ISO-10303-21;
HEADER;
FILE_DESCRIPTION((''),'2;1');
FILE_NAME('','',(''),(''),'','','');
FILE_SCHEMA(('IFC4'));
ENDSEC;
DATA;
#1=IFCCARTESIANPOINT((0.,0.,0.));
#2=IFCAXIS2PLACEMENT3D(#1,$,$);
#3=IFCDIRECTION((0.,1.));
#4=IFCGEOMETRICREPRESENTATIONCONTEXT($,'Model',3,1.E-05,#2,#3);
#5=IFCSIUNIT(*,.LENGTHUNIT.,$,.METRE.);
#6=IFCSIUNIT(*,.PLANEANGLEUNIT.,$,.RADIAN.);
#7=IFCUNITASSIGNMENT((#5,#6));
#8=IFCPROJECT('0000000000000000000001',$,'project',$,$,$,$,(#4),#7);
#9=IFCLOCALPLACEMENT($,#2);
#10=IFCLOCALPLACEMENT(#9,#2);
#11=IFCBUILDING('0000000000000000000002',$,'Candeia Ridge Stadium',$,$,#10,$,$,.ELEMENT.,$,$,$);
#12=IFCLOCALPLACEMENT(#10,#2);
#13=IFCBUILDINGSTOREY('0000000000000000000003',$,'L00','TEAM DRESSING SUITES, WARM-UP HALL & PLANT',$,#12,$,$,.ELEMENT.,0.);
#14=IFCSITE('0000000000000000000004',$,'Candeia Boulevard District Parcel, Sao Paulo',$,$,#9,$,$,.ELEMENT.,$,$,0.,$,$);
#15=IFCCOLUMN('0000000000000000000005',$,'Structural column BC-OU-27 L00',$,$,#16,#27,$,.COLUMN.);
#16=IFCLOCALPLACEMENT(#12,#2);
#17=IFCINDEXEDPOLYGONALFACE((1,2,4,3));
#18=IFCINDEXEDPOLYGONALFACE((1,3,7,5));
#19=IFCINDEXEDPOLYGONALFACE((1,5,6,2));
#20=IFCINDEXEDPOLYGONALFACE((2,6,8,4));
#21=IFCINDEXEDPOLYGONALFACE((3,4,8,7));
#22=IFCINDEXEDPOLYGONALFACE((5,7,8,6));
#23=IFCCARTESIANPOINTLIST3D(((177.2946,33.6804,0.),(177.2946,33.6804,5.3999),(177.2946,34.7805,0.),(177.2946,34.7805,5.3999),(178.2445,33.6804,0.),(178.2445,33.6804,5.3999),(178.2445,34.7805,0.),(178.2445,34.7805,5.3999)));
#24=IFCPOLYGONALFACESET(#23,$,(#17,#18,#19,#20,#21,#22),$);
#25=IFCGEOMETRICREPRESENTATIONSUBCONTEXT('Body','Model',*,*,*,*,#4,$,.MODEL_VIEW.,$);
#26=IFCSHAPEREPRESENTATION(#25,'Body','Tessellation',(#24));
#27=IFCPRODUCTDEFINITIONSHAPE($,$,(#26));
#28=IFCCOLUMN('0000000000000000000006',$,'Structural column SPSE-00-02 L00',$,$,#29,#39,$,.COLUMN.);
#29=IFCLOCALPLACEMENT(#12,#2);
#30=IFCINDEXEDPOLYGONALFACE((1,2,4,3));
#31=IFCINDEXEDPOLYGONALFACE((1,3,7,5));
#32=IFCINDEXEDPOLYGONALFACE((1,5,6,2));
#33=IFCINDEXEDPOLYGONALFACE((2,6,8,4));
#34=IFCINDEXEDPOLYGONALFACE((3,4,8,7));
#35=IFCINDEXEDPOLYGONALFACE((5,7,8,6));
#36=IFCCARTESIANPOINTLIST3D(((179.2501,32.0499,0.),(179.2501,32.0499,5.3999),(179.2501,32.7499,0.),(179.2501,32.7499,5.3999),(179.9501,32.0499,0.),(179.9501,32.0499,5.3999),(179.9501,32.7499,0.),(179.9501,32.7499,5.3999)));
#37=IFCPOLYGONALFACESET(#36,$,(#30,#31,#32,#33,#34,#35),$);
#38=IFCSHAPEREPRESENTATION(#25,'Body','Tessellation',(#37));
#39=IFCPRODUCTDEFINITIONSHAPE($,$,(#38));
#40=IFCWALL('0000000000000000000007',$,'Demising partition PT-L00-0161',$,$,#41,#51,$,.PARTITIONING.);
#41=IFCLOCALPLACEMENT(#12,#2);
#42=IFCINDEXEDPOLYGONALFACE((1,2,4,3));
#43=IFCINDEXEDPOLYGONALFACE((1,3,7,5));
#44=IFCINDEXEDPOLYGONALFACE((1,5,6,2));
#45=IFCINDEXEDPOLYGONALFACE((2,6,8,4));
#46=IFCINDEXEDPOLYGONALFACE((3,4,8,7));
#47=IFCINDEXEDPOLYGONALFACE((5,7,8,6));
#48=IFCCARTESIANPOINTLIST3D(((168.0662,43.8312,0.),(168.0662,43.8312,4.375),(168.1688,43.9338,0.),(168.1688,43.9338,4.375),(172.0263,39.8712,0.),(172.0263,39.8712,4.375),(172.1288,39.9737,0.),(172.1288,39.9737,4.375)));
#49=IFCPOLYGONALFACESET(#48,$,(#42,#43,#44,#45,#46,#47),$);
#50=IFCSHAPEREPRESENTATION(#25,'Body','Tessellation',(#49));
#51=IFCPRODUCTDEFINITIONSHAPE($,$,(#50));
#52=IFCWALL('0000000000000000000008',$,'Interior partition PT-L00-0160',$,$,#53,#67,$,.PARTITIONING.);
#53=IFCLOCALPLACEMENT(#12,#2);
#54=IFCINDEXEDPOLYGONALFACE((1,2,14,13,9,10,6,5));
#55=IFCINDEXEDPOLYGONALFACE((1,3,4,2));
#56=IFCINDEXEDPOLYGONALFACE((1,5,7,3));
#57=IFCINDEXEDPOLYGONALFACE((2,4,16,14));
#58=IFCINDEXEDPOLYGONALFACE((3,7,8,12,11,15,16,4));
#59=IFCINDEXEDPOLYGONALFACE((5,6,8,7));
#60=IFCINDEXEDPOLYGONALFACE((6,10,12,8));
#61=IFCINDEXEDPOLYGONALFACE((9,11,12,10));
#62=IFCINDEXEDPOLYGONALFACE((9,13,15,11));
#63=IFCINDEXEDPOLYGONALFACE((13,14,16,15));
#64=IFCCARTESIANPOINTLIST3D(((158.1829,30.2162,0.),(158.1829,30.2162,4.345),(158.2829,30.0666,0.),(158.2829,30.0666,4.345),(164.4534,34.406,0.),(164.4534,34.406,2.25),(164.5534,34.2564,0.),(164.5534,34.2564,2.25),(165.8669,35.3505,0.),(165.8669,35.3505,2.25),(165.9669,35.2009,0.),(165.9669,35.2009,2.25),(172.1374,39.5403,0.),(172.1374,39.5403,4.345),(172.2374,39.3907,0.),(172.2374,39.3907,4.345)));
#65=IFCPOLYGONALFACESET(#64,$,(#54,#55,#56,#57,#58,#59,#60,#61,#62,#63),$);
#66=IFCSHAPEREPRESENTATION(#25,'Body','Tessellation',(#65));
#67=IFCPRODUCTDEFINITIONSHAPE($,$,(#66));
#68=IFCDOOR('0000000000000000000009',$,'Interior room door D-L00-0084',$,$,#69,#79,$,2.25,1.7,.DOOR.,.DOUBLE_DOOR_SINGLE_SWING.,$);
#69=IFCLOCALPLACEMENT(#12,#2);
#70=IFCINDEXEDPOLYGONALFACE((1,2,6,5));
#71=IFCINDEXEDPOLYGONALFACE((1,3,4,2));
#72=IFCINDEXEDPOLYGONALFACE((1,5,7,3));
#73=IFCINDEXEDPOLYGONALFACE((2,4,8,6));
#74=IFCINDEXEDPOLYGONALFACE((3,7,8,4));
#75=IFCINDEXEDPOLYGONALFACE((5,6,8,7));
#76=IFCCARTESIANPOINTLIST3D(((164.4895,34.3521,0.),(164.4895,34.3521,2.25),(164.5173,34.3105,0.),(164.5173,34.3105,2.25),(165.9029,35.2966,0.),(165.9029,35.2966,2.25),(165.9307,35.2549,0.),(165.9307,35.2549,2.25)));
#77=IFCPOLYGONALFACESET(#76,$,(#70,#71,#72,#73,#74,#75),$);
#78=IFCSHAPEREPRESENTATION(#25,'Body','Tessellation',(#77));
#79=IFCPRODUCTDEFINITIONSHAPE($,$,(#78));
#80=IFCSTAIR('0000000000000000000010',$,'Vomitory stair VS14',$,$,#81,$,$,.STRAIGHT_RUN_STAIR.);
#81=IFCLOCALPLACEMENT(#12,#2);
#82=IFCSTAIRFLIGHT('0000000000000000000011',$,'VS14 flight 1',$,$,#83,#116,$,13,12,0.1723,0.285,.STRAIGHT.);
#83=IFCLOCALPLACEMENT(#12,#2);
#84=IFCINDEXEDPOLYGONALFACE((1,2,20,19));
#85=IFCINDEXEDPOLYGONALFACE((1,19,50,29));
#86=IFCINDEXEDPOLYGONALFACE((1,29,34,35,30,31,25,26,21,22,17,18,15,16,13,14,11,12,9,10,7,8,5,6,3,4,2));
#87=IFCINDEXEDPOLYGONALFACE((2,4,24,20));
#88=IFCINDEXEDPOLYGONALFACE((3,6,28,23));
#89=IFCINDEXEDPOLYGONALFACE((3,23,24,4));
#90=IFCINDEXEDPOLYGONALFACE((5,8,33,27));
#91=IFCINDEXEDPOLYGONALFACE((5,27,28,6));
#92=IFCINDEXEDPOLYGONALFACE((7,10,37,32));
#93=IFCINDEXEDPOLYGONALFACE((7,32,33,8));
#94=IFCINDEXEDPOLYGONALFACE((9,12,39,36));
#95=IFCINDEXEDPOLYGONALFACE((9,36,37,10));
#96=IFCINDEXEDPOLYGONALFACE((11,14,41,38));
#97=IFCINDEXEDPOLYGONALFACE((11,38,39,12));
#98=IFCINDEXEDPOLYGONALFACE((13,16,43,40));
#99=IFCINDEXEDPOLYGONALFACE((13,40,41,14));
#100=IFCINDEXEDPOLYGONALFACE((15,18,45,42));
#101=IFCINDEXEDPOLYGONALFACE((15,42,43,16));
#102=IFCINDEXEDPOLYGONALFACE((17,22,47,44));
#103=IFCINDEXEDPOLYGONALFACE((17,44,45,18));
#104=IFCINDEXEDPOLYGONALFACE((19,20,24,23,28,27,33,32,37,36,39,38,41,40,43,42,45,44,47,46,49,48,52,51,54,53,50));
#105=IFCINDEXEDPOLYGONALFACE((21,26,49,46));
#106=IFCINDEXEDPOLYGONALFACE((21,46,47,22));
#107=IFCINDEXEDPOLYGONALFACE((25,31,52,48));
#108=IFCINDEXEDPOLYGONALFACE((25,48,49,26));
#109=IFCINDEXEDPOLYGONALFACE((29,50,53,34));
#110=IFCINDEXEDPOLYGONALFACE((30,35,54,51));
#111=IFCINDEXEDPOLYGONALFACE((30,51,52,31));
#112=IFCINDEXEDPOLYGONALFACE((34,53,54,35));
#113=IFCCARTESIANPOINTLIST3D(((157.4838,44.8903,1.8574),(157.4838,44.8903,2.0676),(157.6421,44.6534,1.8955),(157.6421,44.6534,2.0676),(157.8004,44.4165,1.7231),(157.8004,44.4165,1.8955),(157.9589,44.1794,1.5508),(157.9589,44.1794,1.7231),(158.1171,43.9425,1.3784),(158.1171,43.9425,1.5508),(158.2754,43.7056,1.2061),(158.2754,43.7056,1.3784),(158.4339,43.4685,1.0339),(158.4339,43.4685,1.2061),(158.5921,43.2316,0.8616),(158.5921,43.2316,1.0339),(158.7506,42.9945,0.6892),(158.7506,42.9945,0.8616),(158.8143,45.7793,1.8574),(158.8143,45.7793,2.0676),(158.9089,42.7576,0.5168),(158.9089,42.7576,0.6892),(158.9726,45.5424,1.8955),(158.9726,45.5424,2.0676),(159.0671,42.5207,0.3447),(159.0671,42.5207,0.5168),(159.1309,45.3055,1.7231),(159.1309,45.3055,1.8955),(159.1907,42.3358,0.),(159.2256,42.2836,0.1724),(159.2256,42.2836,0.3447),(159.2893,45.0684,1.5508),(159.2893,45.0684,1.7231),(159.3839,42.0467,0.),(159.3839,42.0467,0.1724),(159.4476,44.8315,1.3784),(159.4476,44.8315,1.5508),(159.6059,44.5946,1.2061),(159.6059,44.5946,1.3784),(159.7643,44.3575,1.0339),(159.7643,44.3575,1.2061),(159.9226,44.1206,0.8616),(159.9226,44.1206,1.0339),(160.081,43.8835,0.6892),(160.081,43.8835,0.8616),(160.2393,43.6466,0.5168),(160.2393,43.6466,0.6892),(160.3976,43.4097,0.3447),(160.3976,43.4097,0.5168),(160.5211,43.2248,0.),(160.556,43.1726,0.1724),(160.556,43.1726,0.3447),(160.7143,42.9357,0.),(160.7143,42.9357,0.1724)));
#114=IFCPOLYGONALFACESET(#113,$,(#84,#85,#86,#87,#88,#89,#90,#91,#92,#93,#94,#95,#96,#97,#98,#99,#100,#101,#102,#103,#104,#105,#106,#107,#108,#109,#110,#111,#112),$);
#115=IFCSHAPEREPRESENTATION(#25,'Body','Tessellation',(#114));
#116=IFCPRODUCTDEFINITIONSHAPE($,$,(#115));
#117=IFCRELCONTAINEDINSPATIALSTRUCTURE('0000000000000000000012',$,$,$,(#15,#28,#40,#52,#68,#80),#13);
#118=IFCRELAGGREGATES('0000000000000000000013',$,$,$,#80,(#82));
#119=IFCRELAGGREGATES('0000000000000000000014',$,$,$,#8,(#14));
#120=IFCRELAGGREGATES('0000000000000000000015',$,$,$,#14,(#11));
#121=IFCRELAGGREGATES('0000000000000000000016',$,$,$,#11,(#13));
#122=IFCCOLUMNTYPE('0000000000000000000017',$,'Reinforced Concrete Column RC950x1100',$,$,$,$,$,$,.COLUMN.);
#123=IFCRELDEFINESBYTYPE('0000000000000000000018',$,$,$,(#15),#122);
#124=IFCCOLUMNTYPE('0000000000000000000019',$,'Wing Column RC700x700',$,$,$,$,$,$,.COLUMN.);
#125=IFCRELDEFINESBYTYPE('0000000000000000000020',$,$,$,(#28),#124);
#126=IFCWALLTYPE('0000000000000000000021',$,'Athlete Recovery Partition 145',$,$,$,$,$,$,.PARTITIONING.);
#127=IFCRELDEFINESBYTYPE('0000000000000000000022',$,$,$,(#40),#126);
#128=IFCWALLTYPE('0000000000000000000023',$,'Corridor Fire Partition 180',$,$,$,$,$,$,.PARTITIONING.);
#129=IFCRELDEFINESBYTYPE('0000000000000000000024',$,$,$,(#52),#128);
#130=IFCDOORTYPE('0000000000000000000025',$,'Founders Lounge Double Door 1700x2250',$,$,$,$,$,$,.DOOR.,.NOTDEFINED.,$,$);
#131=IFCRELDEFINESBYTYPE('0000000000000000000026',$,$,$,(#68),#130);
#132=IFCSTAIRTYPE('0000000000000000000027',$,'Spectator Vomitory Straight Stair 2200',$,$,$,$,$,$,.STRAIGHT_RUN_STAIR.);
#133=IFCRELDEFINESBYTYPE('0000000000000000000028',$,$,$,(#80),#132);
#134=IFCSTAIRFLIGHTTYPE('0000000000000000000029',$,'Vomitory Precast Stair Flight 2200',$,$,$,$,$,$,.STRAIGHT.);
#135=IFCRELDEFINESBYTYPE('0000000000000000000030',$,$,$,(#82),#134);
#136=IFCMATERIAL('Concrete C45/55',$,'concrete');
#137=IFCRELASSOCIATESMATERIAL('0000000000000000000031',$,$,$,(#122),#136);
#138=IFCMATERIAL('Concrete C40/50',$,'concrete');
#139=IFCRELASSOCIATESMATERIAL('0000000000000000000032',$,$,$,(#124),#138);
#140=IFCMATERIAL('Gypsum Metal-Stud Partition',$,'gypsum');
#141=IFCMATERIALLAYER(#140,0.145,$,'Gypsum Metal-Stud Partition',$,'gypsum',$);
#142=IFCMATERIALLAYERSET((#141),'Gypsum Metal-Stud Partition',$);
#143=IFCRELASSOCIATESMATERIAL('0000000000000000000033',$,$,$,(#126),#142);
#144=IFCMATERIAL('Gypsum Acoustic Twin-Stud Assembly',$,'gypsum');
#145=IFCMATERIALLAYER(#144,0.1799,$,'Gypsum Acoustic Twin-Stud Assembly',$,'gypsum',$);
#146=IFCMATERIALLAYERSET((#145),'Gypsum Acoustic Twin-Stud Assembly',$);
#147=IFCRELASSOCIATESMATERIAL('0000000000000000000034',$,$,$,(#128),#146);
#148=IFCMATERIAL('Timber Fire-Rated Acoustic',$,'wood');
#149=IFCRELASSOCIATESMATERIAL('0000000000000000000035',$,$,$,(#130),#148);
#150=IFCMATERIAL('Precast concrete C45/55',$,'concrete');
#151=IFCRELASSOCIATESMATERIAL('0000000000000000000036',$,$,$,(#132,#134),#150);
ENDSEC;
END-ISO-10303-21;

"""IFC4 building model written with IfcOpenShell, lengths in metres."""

from ifc_helpers import new_model, si_unit, direction, frame, frame_2d, origin, origin_2d, place, context, subcontext, project, spatial, polyline, rectangle, outline, extrude, material, layer, layer_set, material_profile, profile_set, type_object, element, fill, aggregate, save


model = new_model("IFC4")

# Units and contexts
model_context = context("Model", 3, precision=1e-05, world=origin(), true_north=direction((0.0, 1.0)))
body_context = subcontext(model_context, "Body", "Model", "MODEL_VIEW")
ifc_project = project(units=[si_unit("LENGTHUNIT", "METRE"), si_unit("PLANEANGLEUNIT", "RADIAN")], contexts=[model_context])

# Site, building, storey
site_placement = place(None, origin())
site = spatial("IfcSite", under=ifc_project, at=site_placement, Name="Candeia Boulevard District Parcel, Sao Paulo", CompositionType="ELEMENT", RefElevation=0.0)
building_placement = place(site_placement, origin())
building = spatial("IfcBuilding", under=site, at=building_placement, Name="Candeia Ridge Stadium", CompositionType="ELEMENT")
storey_placement = place(building_placement, origin())
storey = spatial("IfcBuildingStorey", under=building, at=storey_placement, Name="L00", Description="TEAM DRESSING SUITES, WARM-UP HALL & PLANT", CompositionType="ELEMENT", Elevation=0.0)

# Shared definitions
ifc_material_1 = material(Name="Concrete C40/50", Category="concrete")

# Columns
ifc_material_2 = material(Name="Concrete C45/55", Category="concrete")
ifc_material_profile_1 = material_profile(ifc_material_2, rectangle(XDim=0.95, YDim=1.1001, at=origin_2d()), Name="RC950x1100", Category="concrete")
ifc_profile_set_1 = profile_set([ifc_material_profile_1], Name="Concrete C45/55")
column_type_1 = type_object("IfcColumnType", Name="Reinforced Concrete Column RC950x1100", PredefinedType="COLUMN", material=ifc_profile_set_1)
for number, where, z_axis, x_axis, name in (
    (1, (177.7695, 34.2305, 0.0), (0.0, 0.0, 1.0), (1.0, 0.0, 0.0), "Structural column BC-OU-27 L00"),
):
    element("IfcColumn", number, at=place(storey_placement, frame(where, z_axis=z_axis, x_axis=x_axis)), inside=storey, type_object=column_type_1, Name=name, PredefinedType="COLUMN", context=body_context, shape_type="SweptSolid", body=[
        extrude(rectangle(XDim=0.95, YDim=1.1001, at=origin_2d()), origin(), (0.0, 0.0, 1.0), 5.3999),
    ])
ifc_material_profile_2 = material_profile(ifc_material_1, rectangle(XDim=0.7, YDim=0.7, at=origin_2d()), Name="RC700x700", Category="concrete")
ifc_profile_set_2 = profile_set([ifc_material_profile_2], Name="Concrete C40/50")
column_type_2 = type_object("IfcColumnType", Name="Wing Column RC700x700", PredefinedType="COLUMN", material=ifc_profile_set_2)
column_1_placement = place(storey_placement, frame((179.6001, 32.3999, 0.0), z_axis=(0.0, 0.0, 1.0), x_axis=(1.0, 0.0, 0.0)))
element("IfcColumn", 2, at=column_1_placement, inside=storey, type_object=column_type_2, Name="Structural column SPSE-00-02 L00", PredefinedType="COLUMN", context=body_context, shape_type="SweptSolid", body=[
    extrude(rectangle(XDim=0.7, YDim=0.7, at=origin_2d()), origin(), (0.0, 0.0, 1.0), 5.3999),
])

# Wall
ifc_material_3 = material(Name="Gypsum Metal-Stud Partition", Category="gypsum")
ifc_layer_1 = layer(ifc_material_3, 0.145, Name="Gypsum Metal-Stud Partition", Category="gypsum")
ifc_layer_set_1 = layer_set([ifc_layer_1], Name="Gypsum Metal-Stud Partition")
wall_type_1 = type_object("IfcWallType", Name="Athlete Recovery Partition 145", PredefinedType="PARTITIONING", material=ifc_layer_set_1)
wall_1_placement = place(storey_placement, frame((168.1174, 43.8826, 0.0), z_axis=(0.0, 0.0, 1.0), x_axis=(0.707107, -0.707107, 0.0)))
element("IfcWall", 3, at=wall_1_placement, inside=storey, type_object=wall_type_1, Name="Demising partition PT-L00-0161", PredefinedType="PARTITIONING", context=body_context, shape_type="SweptSolid", body=[
    extrude(rectangle(XDim=5.6003, YDim=0.145, at=frame_2d((2.8003, 0.0))), origin(), (0.0, 0.0, 1.0), 4.375),
])

# Wall, opening, door
ifc_material_4 = material(Name="Gypsum Acoustic Twin-Stud Assembly", Category="gypsum")
ifc_layer_2 = layer(ifc_material_4, 0.1799, Name="Gypsum Acoustic Twin-Stud Assembly", Category="gypsum")
ifc_layer_set_2 = layer_set([ifc_layer_2], Name="Gypsum Acoustic Twin-Stud Assembly")
wall_type_2 = type_object("IfcWallType", Name="Corridor Fire Partition 180", PredefinedType="PARTITIONING", material=ifc_layer_set_2)
wall_2_placement = place(storey_placement, frame((172.1875, 39.4656, 0.0), z_axis=(0.0, 0.0, 1.0), x_axis=(-0.831468, -0.555573, 0.0)))
wall_2 = element("IfcWall", 4, at=wall_2_placement, inside=storey, type_object=wall_type_2, Name="Interior partition PT-L00-0160", PredefinedType="PARTITIONING", context=body_context, shape_type="SweptSolid", body=[
    extrude(rectangle(XDim=16.783, YDim=0.1799, at=frame_2d((8.3916, 0.0))), origin(), (0.0, 0.0, 1.0), 4.345),
])
opening_placement = place(wall_2_placement, frame((7.5415, 0.0, 0.0)))
opening = element("IfcOpeningElement", 5, at=opening_placement, cuts=wall_2, PredefinedType="OPENING", context=body_context, shape_type="SweptSolid", body=[
    extrude(rectangle(XDim=1.7, YDim=2.25, at=frame_2d((0.8501, 1.125))), frame((0.0, 0.0999, 0.0), z_axis=(0.0, -1.0, 0.0), x_axis=(1.0, 0.0, 0.0)), (0.0, 0.0, 1.0), 0.2),
])
ifc_material_5 = material(Name="Timber Fire-Rated Acoustic", Category="wood")
door_type = type_object("IfcDoorType", Name="Founders Lounge Double Door 1700x2250", OperationType="NOTDEFINED", PredefinedType="DOOR", material=ifc_material_5)
door_placement = place(opening_placement, origin())
door = element("IfcDoor", 6, at=door_placement, inside=storey, type_object=door_type, Name="Interior room door D-L00-0084", OperationType="DOUBLE_DOOR_SINGLE_SWING", OverallHeight=2.25, OverallWidth=1.7, PredefinedType="DOOR", context=body_context, shape_type="SweptSolid", body=[
    extrude(rectangle(XDim=1.7, YDim=2.25, at=frame_2d((0.8501, 1.125))), frame((0.0, 0.0249, 0.0), z_axis=(0.0, -1.0, 0.0), x_axis=(1.0, 0.0, 0.0)), (0.0, 0.0, 1.0), 0.05),
])
fill(opening, door)

# Stair, stair flight
ifc_material_6 = material(Name="Precast concrete C45/55", Category="concrete")
stair_type = type_object("IfcStairType", Name="Spectator Vomitory Straight Stair 2200", PredefinedType="STRAIGHT_RUN_STAIR", material=ifc_material_6)
stair_placement = place(storey_placement, origin())
stair = element("IfcStair", 7, at=stair_placement, inside=storey, type_object=stair_type, Name="Vomitory stair VS14", PredefinedType="STRAIGHT_RUN_STAIR")
stair_flight_type = type_object("IfcStairFlightType", Name="Vomitory Precast Stair Flight 2200", PredefinedType="STRAIGHT", material=ifc_material_6)
stair_flight_placement = place(storey_placement, frame((160.0491, 42.4912, 0.0), z_axis=(0.0, 0.0, 1.0), x_axis=(-0.55557, 0.83147, 0.0)))
stair_flight = element("IfcStairFlight", 8, at=stair_flight_placement, type_object=stair_flight_type, Name="VS14 flight 1", NumberOfRisers=13, NumberOfTreads=12, PredefinedType="STRAIGHT", RiserHeight=0.1723, TreadLength=0.285, context=body_context, shape_type="SweptSolid", body=[
    extrude(outline(polyline([(0.0, 0.0), (0.0, 0.1724), (0.2849, 0.1724), (0.2849, 0.3447), (0.5701, 0.3447), (0.5701, 0.5168), (0.855, 0.5168), (0.855, 0.6892), (1.1399, 0.6892), (1.1399, 0.8616), (1.425, 0.8616), (1.425, 1.0339), (1.71, 1.0339), (1.71, 1.2061), (1.9951, 1.2061), (1.9951, 1.3784), (2.28, 1.3784), (2.28, 1.5508), (2.5649, 1.5508), (2.5649, 1.7231), (2.8501, 1.7231), (2.8501, 1.8955), (3.135, 1.8955), (3.135, 2.0676), (3.4199, 2.0676), (3.4199, 2.24), (3.4199, 1.8574), (0.3477, 0.0), (0.0, 0.0)])), frame((0.0, 0.8, 0.0), z_axis=(0.0, -1.0, 0.0), x_axis=(1.0, 0.0, 0.0)), (0.0, 0.0, 1.0), 1.6001),
])
aggregate(stair, [stair_flight])

save(model, "model.ifc")
